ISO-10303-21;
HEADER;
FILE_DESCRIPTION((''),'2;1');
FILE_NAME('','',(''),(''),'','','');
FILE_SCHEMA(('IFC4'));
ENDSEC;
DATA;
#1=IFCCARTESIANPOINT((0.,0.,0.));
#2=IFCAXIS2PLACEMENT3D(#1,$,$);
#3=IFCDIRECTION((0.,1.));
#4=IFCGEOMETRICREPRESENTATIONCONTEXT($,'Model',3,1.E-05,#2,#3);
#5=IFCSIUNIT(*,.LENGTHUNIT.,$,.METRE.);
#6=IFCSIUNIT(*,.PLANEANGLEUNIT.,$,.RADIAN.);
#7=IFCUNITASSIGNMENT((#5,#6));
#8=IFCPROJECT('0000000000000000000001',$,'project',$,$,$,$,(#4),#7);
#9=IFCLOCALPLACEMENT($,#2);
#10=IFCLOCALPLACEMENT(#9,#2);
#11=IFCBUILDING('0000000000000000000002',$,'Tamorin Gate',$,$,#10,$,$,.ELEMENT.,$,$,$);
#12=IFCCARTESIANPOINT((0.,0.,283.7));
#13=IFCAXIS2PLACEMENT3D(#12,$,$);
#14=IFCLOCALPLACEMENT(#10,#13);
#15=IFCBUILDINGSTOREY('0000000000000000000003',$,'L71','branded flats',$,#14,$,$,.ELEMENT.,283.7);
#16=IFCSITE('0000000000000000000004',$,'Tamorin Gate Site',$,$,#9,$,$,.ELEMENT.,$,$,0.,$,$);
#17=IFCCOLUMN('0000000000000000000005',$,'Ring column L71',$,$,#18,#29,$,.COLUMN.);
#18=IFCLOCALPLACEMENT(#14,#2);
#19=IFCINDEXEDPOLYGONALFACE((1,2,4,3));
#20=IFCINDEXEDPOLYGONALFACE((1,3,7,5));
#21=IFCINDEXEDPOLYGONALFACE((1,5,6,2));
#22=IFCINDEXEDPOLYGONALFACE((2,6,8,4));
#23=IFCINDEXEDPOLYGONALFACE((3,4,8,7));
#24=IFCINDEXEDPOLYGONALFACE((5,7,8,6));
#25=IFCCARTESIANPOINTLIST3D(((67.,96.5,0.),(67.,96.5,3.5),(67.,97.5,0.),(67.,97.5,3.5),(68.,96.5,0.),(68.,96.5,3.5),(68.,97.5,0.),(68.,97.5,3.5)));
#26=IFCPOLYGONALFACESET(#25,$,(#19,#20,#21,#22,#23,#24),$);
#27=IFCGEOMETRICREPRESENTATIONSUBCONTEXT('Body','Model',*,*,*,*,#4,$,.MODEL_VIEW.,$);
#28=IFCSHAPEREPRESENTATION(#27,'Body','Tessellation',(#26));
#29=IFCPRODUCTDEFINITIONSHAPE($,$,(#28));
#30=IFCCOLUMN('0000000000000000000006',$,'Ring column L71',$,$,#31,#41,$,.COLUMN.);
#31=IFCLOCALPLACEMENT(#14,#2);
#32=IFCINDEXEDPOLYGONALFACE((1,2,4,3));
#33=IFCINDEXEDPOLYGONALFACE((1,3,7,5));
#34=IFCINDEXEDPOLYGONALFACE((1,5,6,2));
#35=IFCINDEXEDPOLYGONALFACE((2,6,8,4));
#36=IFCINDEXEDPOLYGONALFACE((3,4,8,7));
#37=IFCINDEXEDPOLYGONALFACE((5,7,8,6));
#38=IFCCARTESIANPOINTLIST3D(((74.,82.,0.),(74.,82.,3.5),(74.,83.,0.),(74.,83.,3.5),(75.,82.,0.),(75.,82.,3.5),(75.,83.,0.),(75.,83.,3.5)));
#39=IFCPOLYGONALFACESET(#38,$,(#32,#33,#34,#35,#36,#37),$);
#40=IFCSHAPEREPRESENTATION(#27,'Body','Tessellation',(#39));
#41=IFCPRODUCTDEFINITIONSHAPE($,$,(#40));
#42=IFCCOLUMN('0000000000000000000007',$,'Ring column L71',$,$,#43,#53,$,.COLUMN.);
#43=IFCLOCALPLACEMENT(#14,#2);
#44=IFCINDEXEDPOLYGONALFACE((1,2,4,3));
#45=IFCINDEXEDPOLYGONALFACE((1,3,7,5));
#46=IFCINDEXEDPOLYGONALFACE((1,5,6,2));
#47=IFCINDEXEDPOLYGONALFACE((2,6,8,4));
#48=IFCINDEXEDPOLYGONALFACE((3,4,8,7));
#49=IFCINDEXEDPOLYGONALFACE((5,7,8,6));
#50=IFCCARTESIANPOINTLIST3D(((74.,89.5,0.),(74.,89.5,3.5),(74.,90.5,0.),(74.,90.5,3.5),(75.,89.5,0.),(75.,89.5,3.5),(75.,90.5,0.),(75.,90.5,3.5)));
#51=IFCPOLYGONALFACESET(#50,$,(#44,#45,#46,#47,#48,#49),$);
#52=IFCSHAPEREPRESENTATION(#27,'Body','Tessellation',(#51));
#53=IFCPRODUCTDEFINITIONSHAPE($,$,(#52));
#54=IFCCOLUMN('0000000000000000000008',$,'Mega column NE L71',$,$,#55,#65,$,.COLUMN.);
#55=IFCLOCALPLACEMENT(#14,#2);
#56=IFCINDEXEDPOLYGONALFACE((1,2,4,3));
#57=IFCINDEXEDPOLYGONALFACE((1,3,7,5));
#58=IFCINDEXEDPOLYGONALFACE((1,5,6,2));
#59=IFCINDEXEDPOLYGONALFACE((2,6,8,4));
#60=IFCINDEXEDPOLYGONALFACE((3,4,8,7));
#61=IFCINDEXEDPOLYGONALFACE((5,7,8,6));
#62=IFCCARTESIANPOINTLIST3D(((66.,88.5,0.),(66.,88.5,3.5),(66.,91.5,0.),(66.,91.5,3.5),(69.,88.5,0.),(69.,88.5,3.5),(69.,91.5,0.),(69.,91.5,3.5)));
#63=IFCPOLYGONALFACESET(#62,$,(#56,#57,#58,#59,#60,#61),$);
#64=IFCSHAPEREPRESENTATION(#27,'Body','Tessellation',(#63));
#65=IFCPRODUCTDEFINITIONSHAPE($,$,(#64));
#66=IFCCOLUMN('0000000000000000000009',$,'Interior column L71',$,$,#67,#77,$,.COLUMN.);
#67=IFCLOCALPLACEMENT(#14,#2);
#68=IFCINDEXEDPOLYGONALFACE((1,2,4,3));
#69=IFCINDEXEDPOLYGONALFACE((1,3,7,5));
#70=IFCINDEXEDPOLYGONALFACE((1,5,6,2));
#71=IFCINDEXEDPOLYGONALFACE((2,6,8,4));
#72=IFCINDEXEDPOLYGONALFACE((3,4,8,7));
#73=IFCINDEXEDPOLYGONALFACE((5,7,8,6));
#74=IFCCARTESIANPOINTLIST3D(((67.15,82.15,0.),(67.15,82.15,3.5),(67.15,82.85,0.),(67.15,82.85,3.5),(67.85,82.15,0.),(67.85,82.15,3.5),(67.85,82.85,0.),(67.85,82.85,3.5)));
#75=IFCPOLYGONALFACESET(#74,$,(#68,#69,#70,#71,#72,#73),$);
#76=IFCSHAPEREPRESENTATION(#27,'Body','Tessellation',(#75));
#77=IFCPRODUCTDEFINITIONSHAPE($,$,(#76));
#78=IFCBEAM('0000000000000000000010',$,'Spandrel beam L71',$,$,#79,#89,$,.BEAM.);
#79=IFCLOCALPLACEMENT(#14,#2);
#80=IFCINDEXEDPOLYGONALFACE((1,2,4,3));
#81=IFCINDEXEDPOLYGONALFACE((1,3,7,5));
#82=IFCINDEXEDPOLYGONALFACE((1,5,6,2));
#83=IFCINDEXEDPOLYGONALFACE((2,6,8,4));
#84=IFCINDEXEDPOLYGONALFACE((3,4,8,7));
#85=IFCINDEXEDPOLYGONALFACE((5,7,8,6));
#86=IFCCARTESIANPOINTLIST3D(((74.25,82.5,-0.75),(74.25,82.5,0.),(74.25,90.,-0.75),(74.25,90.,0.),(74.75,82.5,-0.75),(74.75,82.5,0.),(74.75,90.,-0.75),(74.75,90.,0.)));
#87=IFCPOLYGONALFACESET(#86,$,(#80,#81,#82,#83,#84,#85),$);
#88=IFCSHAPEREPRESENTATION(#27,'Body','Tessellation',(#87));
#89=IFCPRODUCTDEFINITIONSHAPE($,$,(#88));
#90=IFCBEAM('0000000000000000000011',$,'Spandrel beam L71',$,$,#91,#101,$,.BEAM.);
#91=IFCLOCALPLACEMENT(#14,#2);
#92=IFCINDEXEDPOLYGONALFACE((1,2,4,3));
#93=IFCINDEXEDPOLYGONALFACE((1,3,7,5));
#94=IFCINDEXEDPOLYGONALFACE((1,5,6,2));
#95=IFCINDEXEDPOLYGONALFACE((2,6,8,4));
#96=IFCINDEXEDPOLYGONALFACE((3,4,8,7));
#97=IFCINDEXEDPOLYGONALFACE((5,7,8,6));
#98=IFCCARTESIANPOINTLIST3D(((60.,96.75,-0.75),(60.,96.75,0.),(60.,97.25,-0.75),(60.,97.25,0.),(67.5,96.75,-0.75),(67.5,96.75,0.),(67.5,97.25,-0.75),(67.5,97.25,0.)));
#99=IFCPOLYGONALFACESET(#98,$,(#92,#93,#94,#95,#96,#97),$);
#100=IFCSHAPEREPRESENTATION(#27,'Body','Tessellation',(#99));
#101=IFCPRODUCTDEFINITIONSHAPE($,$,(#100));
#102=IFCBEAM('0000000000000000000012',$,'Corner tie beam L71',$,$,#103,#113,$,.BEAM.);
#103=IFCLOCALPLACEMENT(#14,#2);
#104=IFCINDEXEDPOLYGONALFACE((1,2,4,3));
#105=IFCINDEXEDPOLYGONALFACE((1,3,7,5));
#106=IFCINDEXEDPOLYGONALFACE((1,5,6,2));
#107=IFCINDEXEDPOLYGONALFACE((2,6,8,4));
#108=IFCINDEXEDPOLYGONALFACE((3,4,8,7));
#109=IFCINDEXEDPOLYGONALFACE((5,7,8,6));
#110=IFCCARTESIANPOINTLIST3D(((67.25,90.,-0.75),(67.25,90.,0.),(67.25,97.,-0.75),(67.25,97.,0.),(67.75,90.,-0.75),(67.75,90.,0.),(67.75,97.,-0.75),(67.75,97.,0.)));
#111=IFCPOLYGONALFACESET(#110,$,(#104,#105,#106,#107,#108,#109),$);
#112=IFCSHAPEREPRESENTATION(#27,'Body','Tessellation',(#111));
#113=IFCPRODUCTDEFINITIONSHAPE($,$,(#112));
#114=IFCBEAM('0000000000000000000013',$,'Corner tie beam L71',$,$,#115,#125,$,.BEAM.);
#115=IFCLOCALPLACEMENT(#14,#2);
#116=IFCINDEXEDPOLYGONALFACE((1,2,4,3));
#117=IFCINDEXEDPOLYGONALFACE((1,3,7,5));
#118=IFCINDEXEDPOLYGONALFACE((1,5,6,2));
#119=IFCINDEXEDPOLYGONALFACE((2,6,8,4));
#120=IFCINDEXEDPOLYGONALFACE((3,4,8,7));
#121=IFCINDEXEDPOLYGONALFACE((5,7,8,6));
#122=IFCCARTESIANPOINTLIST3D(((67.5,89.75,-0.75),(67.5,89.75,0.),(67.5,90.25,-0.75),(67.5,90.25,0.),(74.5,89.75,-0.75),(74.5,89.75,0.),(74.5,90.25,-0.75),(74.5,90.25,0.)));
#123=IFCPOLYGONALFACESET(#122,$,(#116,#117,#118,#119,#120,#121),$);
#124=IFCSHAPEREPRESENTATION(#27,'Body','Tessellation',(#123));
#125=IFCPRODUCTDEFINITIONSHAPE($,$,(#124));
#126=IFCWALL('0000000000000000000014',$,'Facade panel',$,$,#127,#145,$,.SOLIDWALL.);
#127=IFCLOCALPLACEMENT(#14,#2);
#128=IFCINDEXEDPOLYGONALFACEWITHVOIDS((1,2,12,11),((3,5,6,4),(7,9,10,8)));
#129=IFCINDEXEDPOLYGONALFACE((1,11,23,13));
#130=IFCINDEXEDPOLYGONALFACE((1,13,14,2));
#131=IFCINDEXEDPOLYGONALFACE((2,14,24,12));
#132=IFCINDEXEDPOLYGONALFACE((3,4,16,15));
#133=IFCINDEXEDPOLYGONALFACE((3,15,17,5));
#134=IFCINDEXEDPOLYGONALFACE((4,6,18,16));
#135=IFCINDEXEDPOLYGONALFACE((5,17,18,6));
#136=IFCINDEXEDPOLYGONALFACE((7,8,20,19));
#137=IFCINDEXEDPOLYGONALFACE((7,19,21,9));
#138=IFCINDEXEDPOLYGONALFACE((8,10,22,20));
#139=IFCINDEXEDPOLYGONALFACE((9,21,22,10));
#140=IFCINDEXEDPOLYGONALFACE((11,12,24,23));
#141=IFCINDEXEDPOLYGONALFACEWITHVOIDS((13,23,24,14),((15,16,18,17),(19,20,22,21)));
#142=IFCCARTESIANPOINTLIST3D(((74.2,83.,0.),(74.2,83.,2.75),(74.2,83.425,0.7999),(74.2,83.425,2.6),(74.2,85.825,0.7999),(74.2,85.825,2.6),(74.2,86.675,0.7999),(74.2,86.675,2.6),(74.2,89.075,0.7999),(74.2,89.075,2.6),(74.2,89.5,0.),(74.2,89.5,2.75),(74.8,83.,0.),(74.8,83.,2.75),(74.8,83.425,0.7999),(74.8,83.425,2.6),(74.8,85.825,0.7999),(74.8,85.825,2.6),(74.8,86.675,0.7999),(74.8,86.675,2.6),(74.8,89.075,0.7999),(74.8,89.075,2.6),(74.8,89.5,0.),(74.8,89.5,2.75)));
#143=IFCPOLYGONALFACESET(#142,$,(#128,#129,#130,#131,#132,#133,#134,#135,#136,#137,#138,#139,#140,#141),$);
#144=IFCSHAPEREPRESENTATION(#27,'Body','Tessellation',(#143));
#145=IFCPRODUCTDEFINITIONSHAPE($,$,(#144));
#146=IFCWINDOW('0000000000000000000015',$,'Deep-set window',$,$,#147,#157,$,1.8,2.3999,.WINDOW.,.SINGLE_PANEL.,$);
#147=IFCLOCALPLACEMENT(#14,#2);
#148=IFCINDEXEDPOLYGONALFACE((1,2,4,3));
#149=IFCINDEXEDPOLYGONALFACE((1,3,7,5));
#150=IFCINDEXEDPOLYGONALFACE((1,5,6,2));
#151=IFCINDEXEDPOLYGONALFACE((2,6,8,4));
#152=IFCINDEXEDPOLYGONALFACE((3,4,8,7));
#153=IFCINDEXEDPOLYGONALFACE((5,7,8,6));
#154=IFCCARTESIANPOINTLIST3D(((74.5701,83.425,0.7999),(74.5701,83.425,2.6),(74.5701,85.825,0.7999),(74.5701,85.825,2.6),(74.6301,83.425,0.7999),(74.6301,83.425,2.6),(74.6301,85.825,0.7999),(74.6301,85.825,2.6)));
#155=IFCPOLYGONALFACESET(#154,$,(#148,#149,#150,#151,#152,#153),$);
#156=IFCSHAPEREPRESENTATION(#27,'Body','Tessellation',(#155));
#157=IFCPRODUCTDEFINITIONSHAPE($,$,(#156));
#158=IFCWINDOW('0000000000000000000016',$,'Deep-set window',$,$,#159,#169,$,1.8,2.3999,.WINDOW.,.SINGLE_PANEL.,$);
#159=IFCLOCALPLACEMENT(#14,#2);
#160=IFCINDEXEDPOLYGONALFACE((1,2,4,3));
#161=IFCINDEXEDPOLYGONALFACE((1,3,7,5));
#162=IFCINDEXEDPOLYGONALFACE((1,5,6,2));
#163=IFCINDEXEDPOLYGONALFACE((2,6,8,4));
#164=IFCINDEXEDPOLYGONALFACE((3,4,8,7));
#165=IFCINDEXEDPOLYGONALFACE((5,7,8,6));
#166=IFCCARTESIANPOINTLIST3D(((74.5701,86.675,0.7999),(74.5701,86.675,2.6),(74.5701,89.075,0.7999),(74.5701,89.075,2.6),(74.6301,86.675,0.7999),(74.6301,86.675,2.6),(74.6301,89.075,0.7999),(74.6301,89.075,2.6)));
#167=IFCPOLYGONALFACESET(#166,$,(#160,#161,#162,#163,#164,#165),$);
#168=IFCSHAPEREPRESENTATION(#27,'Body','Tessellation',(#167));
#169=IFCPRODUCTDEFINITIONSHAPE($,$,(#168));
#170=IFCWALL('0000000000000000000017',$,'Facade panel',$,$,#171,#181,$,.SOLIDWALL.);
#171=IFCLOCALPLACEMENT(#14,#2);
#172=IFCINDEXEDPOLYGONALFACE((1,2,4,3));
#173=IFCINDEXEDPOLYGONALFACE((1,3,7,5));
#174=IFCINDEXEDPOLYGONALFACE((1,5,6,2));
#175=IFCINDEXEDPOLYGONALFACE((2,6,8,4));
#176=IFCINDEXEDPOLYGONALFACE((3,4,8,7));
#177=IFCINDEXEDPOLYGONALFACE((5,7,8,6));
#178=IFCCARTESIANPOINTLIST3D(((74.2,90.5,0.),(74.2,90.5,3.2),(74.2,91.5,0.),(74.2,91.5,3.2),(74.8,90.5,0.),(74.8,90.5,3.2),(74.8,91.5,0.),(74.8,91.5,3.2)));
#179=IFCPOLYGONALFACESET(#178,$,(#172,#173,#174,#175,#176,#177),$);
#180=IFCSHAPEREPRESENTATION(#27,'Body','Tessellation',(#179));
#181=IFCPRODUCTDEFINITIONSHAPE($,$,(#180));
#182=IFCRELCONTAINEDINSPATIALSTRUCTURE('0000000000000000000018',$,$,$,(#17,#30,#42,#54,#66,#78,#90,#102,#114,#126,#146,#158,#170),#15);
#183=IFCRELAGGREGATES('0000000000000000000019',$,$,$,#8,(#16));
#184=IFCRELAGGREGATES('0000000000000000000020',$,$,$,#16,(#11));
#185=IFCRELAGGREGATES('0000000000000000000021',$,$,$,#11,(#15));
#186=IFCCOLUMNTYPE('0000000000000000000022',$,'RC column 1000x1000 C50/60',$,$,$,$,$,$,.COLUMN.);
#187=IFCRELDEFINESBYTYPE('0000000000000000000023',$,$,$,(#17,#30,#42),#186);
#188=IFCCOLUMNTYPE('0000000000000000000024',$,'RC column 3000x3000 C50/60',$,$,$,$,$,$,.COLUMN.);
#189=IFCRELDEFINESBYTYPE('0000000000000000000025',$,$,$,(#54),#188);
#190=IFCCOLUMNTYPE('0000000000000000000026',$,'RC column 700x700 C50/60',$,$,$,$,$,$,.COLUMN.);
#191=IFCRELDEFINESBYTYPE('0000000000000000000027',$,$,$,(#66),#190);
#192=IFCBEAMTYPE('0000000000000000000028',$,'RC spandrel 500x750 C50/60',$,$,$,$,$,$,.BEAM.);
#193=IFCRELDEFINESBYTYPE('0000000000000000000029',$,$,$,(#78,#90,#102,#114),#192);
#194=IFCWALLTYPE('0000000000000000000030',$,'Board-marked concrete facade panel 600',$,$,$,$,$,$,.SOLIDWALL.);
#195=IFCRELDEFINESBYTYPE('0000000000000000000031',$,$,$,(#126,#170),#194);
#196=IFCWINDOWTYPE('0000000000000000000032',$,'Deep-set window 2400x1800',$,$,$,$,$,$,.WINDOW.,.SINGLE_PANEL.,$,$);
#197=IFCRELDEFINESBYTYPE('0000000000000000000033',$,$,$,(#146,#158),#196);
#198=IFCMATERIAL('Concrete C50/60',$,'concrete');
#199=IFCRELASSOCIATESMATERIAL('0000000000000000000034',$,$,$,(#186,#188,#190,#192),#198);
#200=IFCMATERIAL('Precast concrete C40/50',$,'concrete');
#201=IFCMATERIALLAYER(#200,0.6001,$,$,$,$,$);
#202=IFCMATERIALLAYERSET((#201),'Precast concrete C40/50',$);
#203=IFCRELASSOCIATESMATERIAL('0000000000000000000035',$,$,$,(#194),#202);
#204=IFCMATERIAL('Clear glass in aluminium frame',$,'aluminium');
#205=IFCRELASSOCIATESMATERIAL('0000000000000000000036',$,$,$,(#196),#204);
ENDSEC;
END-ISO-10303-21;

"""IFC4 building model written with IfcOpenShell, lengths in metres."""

from ifc_helpers import new_model, si_unit, direction, frame, frame_2d, origin, origin_2d, place, context, subcontext, project, spatial, rectangle, extrude, material, layer, layer_set, material_profile, profile_set, type_object, element, fill, save


model = new_model("IFC4")

# Units and contexts
model_context = context("Model", 3, precision=1e-05, world=origin(), true_north=direction((0.0, 1.0)))
body_context = subcontext(model_context, "Body", "Model", "MODEL_VIEW")
ifc_project = project(units=[si_unit("LENGTHUNIT", "METRE"), si_unit("PLANEANGLEUNIT", "RADIAN")], contexts=[model_context])

# Site, building, storey
site_placement = place(None, origin())
site = spatial("IfcSite", under=ifc_project, at=site_placement, Name="Tamorin Gate Site", CompositionType="ELEMENT", RefElevation=0.0)
building_placement = place(site_placement, origin())
building = spatial("IfcBuilding", under=site, at=building_placement, Name="Tamorin Gate", CompositionType="ELEMENT")
storey_placement = place(building_placement, frame((0.0, 0.0, 283.7)))
storey = spatial("IfcBuildingStorey", under=building, at=storey_placement, Name="L71", Description="branded flats", CompositionType="ELEMENT", Elevation=283.7)

# Columns
ifc_material_1 = material(Name="Concrete C50/60", Category="concrete")
ifc_material_profile_1 = material_profile(ifc_material_1, rectangle(XDim=1.0, YDim=1.0, at=origin_2d()), Name="RC 1000x1000")
ifc_profile_set_1 = profile_set([ifc_material_profile_1], Name="Concrete C50/60")
column_type_1 = type_object("IfcColumnType", Name="RC column 1000x1000 C50/60", PredefinedType="COLUMN", material=ifc_profile_set_1)
for number, where, z_axis, x_axis, name in (
    (1, (67.5, 97.0, 0.0), (0.0, 0.0, 1.0), (1.0, 0.0, 0.0), "Ring column L71"),
    (2, (74.5, 82.5, 0.0), (0.0, 0.0, 1.0), (1.0, 0.0, 0.0), "Ring column L71"),
    (3, (74.5, 90.0, 0.0), (0.0, 0.0, 1.0), (1.0, 0.0, 0.0), "Ring column L71"),
):
    element("IfcColumn", number, at=place(storey_placement, frame(where, z_axis=z_axis, x_axis=x_axis)), inside=storey, type_object=column_type_1, Name=name, PredefinedType="COLUMN", context=body_context, shape_type="SweptSolid", body=[
        extrude(rectangle(XDim=1.0, YDim=1.0, at=origin_2d()), origin(), (0.0, 0.0, 1.0), 3.5),
    ])
ifc_material_profile_2 = material_profile(ifc_material_1, rectangle(XDim=3.0, YDim=3.0, at=origin_2d()), Name="RC 3000x3000")
ifc_profile_set_2 = profile_set([ifc_material_profile_2], Name="Concrete C50/60")
column_type_2 = type_object("IfcColumnType", Name="RC column 3000x3000 C50/60", PredefinedType="COLUMN", material=ifc_profile_set_2)
column_1_placement = place(storey_placement, frame((67.5, 90.0, 0.0), z_axis=(0.0, 0.0, 1.0), x_axis=(1.0, 0.0, 0.0)))
element("IfcColumn", 4, at=column_1_placement, inside=storey, type_object=column_type_2, Name="Mega column NE L71", PredefinedType="COLUMN", context=body_context, shape_type="SweptSolid", body=[
    extrude(rectangle(XDim=3.0, YDim=3.0, at=origin_2d()), origin(), (0.0, 0.0, 1.0), 3.5),
])
ifc_material_profile_3 = material_profile(ifc_material_1, rectangle(XDim=0.7, YDim=0.7, at=origin_2d()), Name="RC 700x700")
ifc_profile_set_3 = profile_set([ifc_material_profile_3], Name="Concrete C50/60")
column_type_3 = type_object("IfcColumnType", Name="RC column 700x700 C50/60", PredefinedType="COLUMN", material=ifc_profile_set_3)
column_2_placement = place(storey_placement, frame((67.5, 82.5, 0.0), z_axis=(0.0, 0.0, 1.0), x_axis=(1.0, 0.0, 0.0)))
element("IfcColumn", 5, at=column_2_placement, inside=storey, type_object=column_type_3, Name="Interior column L71", PredefinedType="COLUMN", context=body_context, shape_type="SweptSolid", body=[
    extrude(rectangle(XDim=0.7, YDim=0.7, at=origin_2d()), origin(), (0.0, 0.0, 1.0), 3.5),
])

# Beams
ifc_material_profile_4 = material_profile(ifc_material_1, rectangle(XDim=0.5, YDim=0.75, at=origin_2d()), Name="RC 500x750")
ifc_profile_set_4 = profile_set([ifc_material_profile_4], Name="Concrete C50/60")
beam_type = type_object("IfcBeamType", Name="RC spandrel 500x750 C50/60", PredefinedType="BEAM", material=ifc_profile_set_4)
for number, where, z_axis, x_axis, name in (
    (6, (74.5, 82.5, -0.375), (0.0, 1.0, 0.0), (-1.0, 0.0, 0.0), "Spandrel beam L71"),
    (7, (67.5, 97.0, -0.375), (-1.0, 0.0, 0.0), (0.0, -1.0, 0.0), "Spandrel beam L71"),
):
    element("IfcBeam", number, at=place(storey_placement, frame(where, z_axis=z_axis, x_axis=x_axis)), inside=storey, type_object=beam_type, Name=name, PredefinedType="BEAM", context=body_context, shape_type="SweptSolid", body=[
        extrude(rectangle(XDim=0.5, YDim=0.75, at=origin_2d()), origin(), (0.0, 0.0, 1.0), 7.5),
    ])
for number, where, z_axis, x_axis, name in (
    (8, (67.5, 90.0, -0.375), (0.0, 1.0, 0.0), (-1.0, 0.0, 0.0), "Corner tie beam L71"),
    (9, (67.5, 90.0, -0.375), (1.0, 0.0, 0.0), (0.0, 1.0, 0.0), "Corner tie beam L71"),
):
    element("IfcBeam", number, at=place(storey_placement, frame(where, z_axis=z_axis, x_axis=x_axis)), inside=storey, type_object=beam_type, Name=name, PredefinedType="BEAM", context=body_context, shape_type="SweptSolid", body=[
        extrude(rectangle(XDim=0.5, YDim=0.75, at=origin_2d()), origin(), (0.0, 0.0, 1.0), 7.0),
    ])

# Wall, openings, windows
ifc_material_2 = material(Name="Precast concrete C40/50", Category="concrete")
ifc_layer = layer(ifc_material_2, 0.6001)
ifc_layer_set = layer_set([ifc_layer], Name="Precast concrete C40/50")
wall_type = type_object("IfcWallType", Name="Board-marked concrete facade panel 600", PredefinedType="SOLIDWALL", material=ifc_layer_set)
wall_1_placement = place(storey_placement, frame((74.5, 83.0, 0.0), z_axis=(0.0, 0.0, 1.0), x_axis=(0.0, 1.0, 0.0)))
wall_1 = element("IfcWall", 10, at=wall_1_placement, inside=storey, type_object=wall_type, Name="Facade panel", PredefinedType="SOLIDWALL", context=body_context, shape_type="SweptSolid", body=[
    extrude(rectangle(XDim=6.5, YDim=0.6001, at=frame_2d((3.25, 0.0))), origin(), (0.0, 0.0, 1.0), 2.75),
])
opening_1_placement = place(wall_1_placement, frame((0.425, 0.0, 0.8)))
opening_1 = element("IfcOpeningElement", 11, at=opening_1_placement, cuts=wall_1, PredefinedType="OPENING", context=body_context, shape_type="SweptSolid", body=[
    extrude(rectangle(XDim=2.3999, YDim=1.8, at=frame_2d((1.2, 0.8999))), frame((0.0, 0.3101, 0.0), z_axis=(0.0, -1.0, 0.0), x_axis=(1.0, 0.0, 0.0)), (0.0, 0.0, 1.0), 0.6201),
])
opening_2_placement = place(wall_1_placement, frame((3.675, 0.0, 0.8)))
opening_2 = element("IfcOpeningElement", 12, at=opening_2_placement, cuts=wall_1, PredefinedType="OPENING", context=body_context, shape_type="SweptSolid", body=[
    extrude(rectangle(XDim=2.3999, YDim=1.8, at=frame_2d((1.2, 0.8999))), frame((0.0, 0.3101, 0.0), z_axis=(0.0, -1.0, 0.0), x_axis=(1.0, 0.0, 0.0)), (0.0, 0.0, 1.0), 0.6201),
])
ifc_material_3 = material(Name="Clear glass in aluminium frame", Category="aluminium")
window_type_1 = type_object("IfcWindowType", Name="Deep-set window 2400x1800", PartitioningType="SINGLE_PANEL", PredefinedType="WINDOW", material=ifc_material_3)
window_1_placement = place(opening_1_placement, origin())
window_1 = element("IfcWindow", 13, at=window_1_placement, inside=storey, type_object=window_type_1, Name="Deep-set window", OverallHeight=1.8, OverallWidth=2.3999, PartitioningType="SINGLE_PANEL", PredefinedType="WINDOW", context=body_context, shape_type="SweptSolid", body=[
    extrude(rectangle(XDim=2.3999, YDim=1.8, at=frame_2d((1.2, 0.8999))), frame((0.0, -0.0701, 0.0), z_axis=(0.0, -1.0, 0.0), x_axis=(1.0, 0.0, 0.0)), (0.0, 0.0, 1.0), 0.0601),
])
fill(opening_1, window_1)
window_2_placement = place(opening_2_placement, origin())
window_2 = element("IfcWindow", 14, at=window_2_placement, inside=storey, type_object=window_type_1, Name="Deep-set window", OverallHeight=1.8, OverallWidth=2.3999, PartitioningType="SINGLE_PANEL", PredefinedType="WINDOW", context=body_context, shape_type="SweptSolid", body=[
    extrude(rectangle(XDim=2.3999, YDim=1.8, at=frame_2d((1.2, 0.8999))), frame((0.0, -0.0701, 0.0), z_axis=(0.0, -1.0, 0.0), x_axis=(1.0, 0.0, 0.0)), (0.0, 0.0, 1.0), 0.0601),
])
fill(opening_2, window_2)

# Wall
wall_2_placement = place(storey_placement, frame((74.5, 90.5, 0.0), z_axis=(0.0, 0.0, 1.0), x_axis=(0.0, 1.0, 0.0)))
element("IfcWall", 15, at=wall_2_placement, inside=storey, type_object=wall_type, Name="Facade panel", PredefinedType="SOLIDWALL", context=body_context, shape_type="SweptSolid", body=[
    extrude(rectangle(XDim=1.0, YDim=0.6001, at=frame_2d((0.5, 0.0))), origin(), (0.0, 0.0, 1.0), 3.2),
])

save(model, "model.ifc")
